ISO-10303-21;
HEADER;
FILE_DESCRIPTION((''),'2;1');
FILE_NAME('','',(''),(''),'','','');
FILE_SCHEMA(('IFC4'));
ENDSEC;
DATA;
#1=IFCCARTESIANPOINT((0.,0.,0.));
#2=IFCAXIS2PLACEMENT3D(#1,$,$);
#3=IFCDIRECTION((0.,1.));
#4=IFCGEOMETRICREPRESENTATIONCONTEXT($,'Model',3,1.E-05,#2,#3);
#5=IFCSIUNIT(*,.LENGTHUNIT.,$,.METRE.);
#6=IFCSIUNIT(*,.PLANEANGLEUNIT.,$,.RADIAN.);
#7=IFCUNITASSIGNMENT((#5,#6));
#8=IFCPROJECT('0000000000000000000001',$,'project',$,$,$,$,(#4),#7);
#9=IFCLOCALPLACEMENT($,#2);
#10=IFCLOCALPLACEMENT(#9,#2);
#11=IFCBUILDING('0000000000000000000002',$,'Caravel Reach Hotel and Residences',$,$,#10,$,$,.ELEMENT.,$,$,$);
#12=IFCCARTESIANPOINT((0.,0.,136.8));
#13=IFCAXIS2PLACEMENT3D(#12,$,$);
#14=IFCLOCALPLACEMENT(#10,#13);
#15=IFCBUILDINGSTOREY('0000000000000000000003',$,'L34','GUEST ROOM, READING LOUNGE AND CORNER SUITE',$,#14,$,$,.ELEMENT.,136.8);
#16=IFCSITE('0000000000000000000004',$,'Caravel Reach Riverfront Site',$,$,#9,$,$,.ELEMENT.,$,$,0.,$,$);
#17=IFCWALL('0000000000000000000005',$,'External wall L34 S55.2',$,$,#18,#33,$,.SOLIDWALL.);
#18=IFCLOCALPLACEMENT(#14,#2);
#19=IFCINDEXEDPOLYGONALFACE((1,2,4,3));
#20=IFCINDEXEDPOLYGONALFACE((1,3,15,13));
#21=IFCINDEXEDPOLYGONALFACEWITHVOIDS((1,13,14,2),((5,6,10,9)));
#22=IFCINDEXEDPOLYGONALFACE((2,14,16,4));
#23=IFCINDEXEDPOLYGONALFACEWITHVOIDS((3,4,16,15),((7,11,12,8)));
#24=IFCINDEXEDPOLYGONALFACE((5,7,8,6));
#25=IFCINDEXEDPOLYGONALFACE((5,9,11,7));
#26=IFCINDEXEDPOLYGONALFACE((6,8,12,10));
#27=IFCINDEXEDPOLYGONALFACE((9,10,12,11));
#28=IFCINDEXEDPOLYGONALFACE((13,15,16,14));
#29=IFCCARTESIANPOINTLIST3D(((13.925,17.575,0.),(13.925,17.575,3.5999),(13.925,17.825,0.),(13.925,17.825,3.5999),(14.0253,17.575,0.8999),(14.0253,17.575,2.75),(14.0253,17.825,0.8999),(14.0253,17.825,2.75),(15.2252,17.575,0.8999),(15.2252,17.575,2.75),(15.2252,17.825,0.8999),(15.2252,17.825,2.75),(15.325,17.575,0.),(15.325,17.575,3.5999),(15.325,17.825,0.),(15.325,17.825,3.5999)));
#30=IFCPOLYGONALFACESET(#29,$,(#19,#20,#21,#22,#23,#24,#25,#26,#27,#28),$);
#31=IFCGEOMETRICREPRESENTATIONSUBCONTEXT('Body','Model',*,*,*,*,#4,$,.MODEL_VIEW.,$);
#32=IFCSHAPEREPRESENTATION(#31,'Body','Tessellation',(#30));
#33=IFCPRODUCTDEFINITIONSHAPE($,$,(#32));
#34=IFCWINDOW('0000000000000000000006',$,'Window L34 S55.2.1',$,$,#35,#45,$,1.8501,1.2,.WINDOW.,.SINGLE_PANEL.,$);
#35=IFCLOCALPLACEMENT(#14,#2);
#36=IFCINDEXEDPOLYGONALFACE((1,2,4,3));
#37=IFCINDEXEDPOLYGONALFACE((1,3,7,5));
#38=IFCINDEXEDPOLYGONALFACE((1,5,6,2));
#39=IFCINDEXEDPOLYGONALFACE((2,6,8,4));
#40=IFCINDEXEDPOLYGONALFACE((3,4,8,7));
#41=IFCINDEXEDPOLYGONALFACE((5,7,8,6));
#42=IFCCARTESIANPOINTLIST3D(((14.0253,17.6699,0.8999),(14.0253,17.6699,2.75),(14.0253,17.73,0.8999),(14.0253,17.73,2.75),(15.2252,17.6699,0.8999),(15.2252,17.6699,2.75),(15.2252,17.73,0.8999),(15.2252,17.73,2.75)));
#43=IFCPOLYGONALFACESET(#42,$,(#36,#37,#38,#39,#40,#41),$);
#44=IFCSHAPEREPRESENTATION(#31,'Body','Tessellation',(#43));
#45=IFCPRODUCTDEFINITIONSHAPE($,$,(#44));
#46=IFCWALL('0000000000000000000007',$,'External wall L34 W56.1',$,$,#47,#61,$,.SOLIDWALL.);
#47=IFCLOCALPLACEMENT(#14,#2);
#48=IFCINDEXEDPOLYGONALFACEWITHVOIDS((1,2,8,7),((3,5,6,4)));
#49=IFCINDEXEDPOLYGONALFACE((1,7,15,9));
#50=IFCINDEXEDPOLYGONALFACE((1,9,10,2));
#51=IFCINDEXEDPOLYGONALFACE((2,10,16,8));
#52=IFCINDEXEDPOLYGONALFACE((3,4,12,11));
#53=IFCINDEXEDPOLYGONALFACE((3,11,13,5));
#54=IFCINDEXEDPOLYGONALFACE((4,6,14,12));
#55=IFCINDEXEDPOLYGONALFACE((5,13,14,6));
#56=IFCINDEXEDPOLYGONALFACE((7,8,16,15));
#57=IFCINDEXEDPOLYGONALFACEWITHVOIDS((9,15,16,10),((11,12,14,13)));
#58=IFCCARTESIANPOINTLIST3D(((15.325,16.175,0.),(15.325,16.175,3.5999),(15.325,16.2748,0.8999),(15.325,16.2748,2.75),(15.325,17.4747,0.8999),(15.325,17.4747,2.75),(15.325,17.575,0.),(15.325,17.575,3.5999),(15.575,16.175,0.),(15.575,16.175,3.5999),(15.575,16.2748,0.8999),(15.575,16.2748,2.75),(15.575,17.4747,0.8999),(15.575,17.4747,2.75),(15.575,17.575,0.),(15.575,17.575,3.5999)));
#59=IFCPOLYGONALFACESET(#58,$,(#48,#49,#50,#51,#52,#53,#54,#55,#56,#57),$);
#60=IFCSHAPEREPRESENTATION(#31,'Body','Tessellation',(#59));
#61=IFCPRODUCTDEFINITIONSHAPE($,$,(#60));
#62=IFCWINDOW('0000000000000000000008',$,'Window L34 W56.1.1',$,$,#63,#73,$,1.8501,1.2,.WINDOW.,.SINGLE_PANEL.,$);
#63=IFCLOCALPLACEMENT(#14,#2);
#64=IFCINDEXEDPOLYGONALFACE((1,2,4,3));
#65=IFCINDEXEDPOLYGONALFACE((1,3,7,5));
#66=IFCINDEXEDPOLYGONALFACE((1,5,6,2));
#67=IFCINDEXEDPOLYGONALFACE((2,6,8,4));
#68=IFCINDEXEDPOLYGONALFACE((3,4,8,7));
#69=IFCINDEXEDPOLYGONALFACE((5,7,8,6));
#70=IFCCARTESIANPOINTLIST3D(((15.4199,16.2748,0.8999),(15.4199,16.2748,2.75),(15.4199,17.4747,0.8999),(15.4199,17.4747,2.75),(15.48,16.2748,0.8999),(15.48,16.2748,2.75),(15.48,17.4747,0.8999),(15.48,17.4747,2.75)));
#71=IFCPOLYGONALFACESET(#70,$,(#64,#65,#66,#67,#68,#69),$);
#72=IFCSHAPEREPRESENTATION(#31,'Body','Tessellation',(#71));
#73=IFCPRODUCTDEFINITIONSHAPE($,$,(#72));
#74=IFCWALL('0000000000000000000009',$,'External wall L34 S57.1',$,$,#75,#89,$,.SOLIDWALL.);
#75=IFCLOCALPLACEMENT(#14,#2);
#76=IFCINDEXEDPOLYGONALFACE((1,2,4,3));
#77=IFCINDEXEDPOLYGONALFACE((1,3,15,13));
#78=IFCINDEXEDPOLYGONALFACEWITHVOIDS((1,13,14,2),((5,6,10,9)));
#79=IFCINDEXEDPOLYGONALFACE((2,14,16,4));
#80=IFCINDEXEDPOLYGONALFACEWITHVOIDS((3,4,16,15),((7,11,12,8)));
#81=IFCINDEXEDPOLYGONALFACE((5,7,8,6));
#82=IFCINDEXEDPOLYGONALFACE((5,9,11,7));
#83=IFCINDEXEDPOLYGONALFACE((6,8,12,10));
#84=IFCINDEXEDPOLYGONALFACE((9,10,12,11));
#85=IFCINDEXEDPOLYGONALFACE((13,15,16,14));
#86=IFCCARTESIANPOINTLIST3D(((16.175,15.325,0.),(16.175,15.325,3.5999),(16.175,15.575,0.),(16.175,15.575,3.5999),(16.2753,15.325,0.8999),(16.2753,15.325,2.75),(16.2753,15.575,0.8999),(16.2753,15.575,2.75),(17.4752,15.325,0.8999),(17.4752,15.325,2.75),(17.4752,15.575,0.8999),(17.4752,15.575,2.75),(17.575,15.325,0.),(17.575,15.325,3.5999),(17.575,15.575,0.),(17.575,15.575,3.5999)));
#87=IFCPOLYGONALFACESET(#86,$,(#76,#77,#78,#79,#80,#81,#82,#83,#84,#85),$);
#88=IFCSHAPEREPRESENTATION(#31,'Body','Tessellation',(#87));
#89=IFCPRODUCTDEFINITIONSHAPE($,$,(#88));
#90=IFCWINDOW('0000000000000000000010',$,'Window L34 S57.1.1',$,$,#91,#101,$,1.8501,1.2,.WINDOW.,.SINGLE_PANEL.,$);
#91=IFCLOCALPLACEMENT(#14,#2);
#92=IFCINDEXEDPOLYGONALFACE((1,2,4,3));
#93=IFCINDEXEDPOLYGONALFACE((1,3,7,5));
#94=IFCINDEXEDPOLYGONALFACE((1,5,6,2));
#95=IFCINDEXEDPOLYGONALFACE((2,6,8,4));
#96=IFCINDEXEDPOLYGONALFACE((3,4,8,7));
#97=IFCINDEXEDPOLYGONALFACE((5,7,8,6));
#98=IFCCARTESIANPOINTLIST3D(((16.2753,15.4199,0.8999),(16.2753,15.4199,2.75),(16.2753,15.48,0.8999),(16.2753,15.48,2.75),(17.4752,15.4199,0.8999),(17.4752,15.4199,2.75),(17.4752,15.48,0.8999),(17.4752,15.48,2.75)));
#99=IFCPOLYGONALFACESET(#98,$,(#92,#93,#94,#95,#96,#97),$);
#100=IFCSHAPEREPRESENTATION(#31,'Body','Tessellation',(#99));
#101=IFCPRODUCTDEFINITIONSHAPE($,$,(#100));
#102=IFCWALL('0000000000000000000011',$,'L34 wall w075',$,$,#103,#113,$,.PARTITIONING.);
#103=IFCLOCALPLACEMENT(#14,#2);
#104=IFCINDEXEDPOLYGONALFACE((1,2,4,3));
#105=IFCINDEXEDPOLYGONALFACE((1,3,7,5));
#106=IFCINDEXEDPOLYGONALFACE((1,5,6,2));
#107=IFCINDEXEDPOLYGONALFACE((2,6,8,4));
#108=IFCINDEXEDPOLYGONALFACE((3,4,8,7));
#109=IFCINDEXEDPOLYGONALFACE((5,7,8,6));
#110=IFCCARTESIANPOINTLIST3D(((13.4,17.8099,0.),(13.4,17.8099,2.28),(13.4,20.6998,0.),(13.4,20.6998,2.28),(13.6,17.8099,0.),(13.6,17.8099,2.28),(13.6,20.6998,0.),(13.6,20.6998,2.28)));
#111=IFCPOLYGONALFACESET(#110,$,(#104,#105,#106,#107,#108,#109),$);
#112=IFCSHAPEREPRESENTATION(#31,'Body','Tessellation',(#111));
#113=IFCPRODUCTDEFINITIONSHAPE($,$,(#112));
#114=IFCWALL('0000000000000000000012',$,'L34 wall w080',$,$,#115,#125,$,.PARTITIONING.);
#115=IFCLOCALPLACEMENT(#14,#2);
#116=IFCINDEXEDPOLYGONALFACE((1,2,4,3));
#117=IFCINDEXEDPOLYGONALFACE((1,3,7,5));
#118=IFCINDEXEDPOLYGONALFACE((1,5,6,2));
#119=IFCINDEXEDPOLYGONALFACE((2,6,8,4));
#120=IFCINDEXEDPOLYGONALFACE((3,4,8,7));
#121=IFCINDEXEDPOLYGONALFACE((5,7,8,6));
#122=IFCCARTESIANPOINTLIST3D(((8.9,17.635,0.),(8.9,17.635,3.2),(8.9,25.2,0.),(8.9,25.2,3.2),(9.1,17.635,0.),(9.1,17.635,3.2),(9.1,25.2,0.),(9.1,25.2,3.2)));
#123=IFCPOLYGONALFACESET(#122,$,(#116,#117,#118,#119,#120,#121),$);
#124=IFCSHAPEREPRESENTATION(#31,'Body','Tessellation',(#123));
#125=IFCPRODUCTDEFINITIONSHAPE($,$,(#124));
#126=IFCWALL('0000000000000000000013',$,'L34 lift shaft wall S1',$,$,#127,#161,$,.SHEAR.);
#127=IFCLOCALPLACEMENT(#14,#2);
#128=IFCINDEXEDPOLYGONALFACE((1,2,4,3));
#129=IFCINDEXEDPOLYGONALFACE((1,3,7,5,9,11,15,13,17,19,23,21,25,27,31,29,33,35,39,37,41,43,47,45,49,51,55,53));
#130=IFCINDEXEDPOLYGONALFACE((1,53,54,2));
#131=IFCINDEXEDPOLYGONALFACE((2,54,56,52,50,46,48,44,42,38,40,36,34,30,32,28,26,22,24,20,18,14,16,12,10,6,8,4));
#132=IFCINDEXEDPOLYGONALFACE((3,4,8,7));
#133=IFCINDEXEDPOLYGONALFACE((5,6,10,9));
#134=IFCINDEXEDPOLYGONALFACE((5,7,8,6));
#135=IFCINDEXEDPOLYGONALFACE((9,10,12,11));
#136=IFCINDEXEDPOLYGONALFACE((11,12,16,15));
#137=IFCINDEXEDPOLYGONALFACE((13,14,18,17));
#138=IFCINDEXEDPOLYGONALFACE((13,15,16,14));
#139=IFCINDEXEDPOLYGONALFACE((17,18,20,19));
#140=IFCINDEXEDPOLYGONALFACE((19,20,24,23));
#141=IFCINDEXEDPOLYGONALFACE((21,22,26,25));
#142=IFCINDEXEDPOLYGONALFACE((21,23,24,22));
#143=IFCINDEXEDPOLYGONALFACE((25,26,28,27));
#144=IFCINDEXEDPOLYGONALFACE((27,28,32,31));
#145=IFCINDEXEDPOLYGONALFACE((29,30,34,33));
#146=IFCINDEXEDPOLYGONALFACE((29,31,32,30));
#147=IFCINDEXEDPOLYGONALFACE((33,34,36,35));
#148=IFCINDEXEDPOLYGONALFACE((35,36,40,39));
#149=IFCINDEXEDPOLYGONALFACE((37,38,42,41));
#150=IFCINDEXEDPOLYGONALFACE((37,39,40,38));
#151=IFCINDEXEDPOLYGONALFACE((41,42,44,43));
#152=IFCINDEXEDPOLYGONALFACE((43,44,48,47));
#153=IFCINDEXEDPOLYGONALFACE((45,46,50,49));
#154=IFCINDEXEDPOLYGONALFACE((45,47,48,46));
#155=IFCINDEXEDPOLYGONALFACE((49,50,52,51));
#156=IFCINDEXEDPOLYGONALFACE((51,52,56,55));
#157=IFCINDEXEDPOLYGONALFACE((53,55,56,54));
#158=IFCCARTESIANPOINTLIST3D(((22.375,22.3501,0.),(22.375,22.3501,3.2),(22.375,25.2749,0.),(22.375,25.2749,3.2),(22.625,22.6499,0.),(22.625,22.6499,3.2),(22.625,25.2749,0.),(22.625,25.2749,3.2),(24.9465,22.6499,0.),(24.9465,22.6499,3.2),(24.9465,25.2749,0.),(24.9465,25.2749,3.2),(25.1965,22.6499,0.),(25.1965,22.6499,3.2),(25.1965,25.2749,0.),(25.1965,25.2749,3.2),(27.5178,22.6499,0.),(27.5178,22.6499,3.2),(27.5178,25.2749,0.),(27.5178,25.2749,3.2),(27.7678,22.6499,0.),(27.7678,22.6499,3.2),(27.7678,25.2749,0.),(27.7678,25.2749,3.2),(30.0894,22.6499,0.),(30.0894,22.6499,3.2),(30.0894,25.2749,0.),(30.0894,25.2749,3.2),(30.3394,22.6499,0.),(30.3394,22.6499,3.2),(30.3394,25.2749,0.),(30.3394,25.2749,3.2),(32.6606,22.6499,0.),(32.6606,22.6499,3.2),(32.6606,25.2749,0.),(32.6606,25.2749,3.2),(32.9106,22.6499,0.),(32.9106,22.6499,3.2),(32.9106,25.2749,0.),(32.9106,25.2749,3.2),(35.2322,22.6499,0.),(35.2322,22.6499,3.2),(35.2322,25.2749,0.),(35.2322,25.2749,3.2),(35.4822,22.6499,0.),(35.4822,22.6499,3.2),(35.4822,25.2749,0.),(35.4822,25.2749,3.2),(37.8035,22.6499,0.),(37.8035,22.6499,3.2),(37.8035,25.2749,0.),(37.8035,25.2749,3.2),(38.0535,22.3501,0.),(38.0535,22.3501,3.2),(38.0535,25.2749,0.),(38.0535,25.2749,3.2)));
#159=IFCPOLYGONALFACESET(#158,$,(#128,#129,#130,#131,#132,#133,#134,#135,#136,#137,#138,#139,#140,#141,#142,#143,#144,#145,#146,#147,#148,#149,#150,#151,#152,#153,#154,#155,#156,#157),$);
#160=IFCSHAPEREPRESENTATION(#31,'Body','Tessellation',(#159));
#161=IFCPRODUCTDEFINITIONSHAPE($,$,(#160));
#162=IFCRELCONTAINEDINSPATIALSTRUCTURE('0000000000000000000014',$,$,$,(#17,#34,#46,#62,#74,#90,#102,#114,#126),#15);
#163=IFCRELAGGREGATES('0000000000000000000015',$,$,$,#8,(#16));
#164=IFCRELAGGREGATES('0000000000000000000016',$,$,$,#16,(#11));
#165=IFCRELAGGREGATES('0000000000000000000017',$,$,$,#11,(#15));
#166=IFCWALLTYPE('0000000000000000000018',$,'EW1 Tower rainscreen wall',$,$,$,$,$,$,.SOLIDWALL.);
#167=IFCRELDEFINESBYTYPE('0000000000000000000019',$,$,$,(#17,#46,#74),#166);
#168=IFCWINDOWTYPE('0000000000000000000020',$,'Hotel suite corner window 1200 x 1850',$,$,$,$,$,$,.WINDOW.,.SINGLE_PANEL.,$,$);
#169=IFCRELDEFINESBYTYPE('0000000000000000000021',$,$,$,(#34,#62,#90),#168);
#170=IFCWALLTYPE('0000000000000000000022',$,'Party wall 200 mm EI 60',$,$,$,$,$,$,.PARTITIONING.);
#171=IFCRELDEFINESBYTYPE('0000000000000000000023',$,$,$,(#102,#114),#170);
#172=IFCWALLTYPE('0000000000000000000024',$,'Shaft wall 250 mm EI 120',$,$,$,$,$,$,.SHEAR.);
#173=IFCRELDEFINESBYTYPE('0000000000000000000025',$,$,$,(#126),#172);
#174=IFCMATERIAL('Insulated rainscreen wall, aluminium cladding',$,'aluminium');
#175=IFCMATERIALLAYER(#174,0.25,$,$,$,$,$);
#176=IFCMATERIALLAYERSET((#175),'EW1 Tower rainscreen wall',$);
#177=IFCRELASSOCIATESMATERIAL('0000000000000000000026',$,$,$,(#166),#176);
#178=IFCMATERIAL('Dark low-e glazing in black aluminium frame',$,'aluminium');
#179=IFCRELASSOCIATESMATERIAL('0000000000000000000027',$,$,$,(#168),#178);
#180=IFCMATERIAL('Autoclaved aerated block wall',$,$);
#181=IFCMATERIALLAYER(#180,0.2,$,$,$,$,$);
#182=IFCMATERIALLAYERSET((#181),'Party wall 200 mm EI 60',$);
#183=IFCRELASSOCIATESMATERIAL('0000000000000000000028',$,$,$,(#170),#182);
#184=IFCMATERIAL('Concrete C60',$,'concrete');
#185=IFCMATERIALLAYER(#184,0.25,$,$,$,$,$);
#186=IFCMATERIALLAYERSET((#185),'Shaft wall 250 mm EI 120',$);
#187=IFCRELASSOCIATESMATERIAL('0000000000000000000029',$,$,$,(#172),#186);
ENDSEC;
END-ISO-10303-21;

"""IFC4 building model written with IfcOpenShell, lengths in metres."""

from ifc_helpers import new_model, si_unit, direction, frame, frame_2d, origin, place, context, subcontext, project, spatial, polyline, rectangle, outline, extrude, material, layer, layer_set, type_object, element, fill, save


model = new_model("IFC4")

# Units and contexts
model_context = context("Model", 3, precision=1e-05, world=origin(), true_north=direction((0.0, 1.0)))
body_context = subcontext(model_context, "Body", "Model", "MODEL_VIEW")
ifc_project = project(units=[si_unit("LENGTHUNIT", "METRE"), si_unit("PLANEANGLEUNIT", "RADIAN")], contexts=[model_context])

# Site, building, storey
site_placement = place(None, origin())
site = spatial("IfcSite", under=ifc_project, at=site_placement, Name="Caravel Reach Riverfront Site", CompositionType="ELEMENT", RefElevation=0.0)
building_placement = place(site_placement, origin())
building = spatial("IfcBuilding", under=site, at=building_placement, Name="Caravel Reach Hotel and Residences", CompositionType="ELEMENT")
storey_placement = place(building_placement, frame((0.0, 0.0, 136.8)))
storey = spatial("IfcBuildingStorey", under=building, at=storey_placement, Name="L34", Description="GUEST ROOM, READING LOUNGE AND CORNER SUITE", CompositionType="ELEMENT", Elevation=136.8)

# Shared definitions
ifc_material_1 = material(Name="Insulated rainscreen wall, aluminium cladding", Category="aluminium")
ifc_layer_1 = layer(ifc_material_1, 0.25)
ifc_layer_set_1 = layer_set([ifc_layer_1], Name="EW1 Tower rainscreen wall")
wall_type_1 = type_object("IfcWallType", Name="EW1 Tower rainscreen wall", PredefinedType="SOLIDWALL", material=ifc_layer_set_1)

# Walls, openings, windows
wall_1_placement = place(storey_placement, frame((13.925, 17.7, 0.0), z_axis=(0.0, 0.0, 1.0), x_axis=(1.0, 0.0, 0.0)))
wall_1 = element("IfcWall", 1, at=wall_1_placement, inside=storey, type_object=wall_type_1, Name="External wall L34 S55.2", PredefinedType="SOLIDWALL", context=body_context, shape_type="SweptSolid", body=[
    extrude(rectangle(XDim=1.3999, YDim=0.25, at=frame_2d((0.7, 0.0))), origin(), (0.0, 0.0, 1.0), 3.5999),
])
opening_1_placement = place(wall_1_placement, frame((0.1001, 0.0, 0.8999)))
opening_1 = element("IfcOpeningElement", 2, at=opening_1_placement, cuts=wall_1, PredefinedType="OPENING", context=body_context, shape_type="SweptSolid", body=[
    extrude(rectangle(XDim=1.2, YDim=1.8501, at=frame_2d((0.6001, 0.925))), frame((0.0, 0.135, 0.0), z_axis=(0.0, -1.0, 0.0), x_axis=(1.0, 0.0, 0.0)), (0.0, 0.0, 1.0), 0.27),
])
ifc_material_2 = material(Name="Dark low-e glazing in black aluminium frame", Category="aluminium")
window_type_1 = type_object("IfcWindowType", Name="Hotel suite corner window 1200 x 1850", PartitioningType="SINGLE_PANEL", PredefinedType="WINDOW", material=ifc_material_2)
window_1_placement = place(opening_1_placement, origin())
window_1 = element("IfcWindow", 3, at=window_1_placement, inside=storey, type_object=window_type_1, Name="Window L34 S55.2.1", OverallHeight=1.8501, OverallWidth=1.2, PartitioningType="SINGLE_PANEL", PredefinedType="WINDOW", context=body_context, shape_type="SweptSolid", body=[
    extrude(rectangle(XDim=1.2, YDim=1.8501, at=frame_2d((0.6001, 0.925))), frame((0.0, 0.03, 0.0), z_axis=(0.0, -1.0, 0.0), x_axis=(1.0, 0.0, 0.0)), (0.0, 0.0, 1.0), 0.0601),
])
fill(opening_1, window_1)
wall_2_placement = place(storey_placement, frame((15.45, 17.575, 0.0), z_axis=(0.0, 0.0, 1.0), x_axis=(0.0, -1.0, 0.0)))
wall_2 = element("IfcWall", 4, at=wall_2_placement, inside=storey, type_object=wall_type_1, Name="External wall L34 W56.1", PredefinedType="SOLIDWALL", context=body_context, shape_type="SweptSolid", body=[
    extrude(rectangle(XDim=1.3999, YDim=0.25, at=frame_2d((0.7, 0.0))), origin(), (0.0, 0.0, 1.0), 3.5999),
])
opening_2_placement = place(wall_2_placement, frame((0.1001, 0.0, 0.8999)))
opening_2 = element("IfcOpeningElement", 5, at=opening_2_placement, cuts=wall_2, PredefinedType="OPENING", context=body_context, shape_type="SweptSolid", body=[
    extrude(rectangle(XDim=1.2, YDim=1.8501, at=frame_2d((0.6001, 0.925))), frame((0.0, 0.135, 0.0), z_axis=(0.0, -1.0, 0.0), x_axis=(1.0, 0.0, 0.0)), (0.0, 0.0, 1.0), 0.27),
])
window_2_placement = place(opening_2_placement, origin())
window_2 = element("IfcWindow", 6, at=window_2_placement, inside=storey, type_object=window_type_1, Name="Window L34 W56.1.1", OverallHeight=1.8501, OverallWidth=1.2, PartitioningType="SINGLE_PANEL", PredefinedType="WINDOW", context=body_context, shape_type="SweptSolid", body=[
    extrude(rectangle(XDim=1.2, YDim=1.8501, at=frame_2d((0.6001, 0.925))), frame((0.0, 0.03, 0.0), z_axis=(0.0, -1.0, 0.0), x_axis=(1.0, 0.0, 0.0)), (0.0, 0.0, 1.0), 0.0601),
])
fill(opening_2, window_2)
wall_3_placement = place(storey_placement, frame((16.175, 15.45, 0.0), z_axis=(0.0, 0.0, 1.0), x_axis=(1.0, 0.0, 0.0)))
wall_3 = element("IfcWall", 7, at=wall_3_placement, inside=storey, type_object=wall_type_1, Name="External wall L34 S57.1", PredefinedType="SOLIDWALL", context=body_context, shape_type="SweptSolid", body=[
    extrude(rectangle(XDim=1.3999, YDim=0.25, at=frame_2d((0.7, 0.0))), origin(), (0.0, 0.0, 1.0), 3.5999),
])
opening_3_placement = place(wall_3_placement, frame((0.1001, 0.0, 0.8999)))
opening_3 = element("IfcOpeningElement", 8, at=opening_3_placement, cuts=wall_3, PredefinedType="OPENING", context=body_context, shape_type="SweptSolid", body=[
    extrude(rectangle(XDim=1.2, YDim=1.8501, at=frame_2d((0.6001, 0.925))), frame((0.0, 0.135, 0.0), z_axis=(0.0, -1.0, 0.0), x_axis=(1.0, 0.0, 0.0)), (0.0, 0.0, 1.0), 0.27),
])
window_3_placement = place(opening_3_placement, origin())
window_3 = element("IfcWindow", 9, at=window_3_placement, inside=storey, type_object=window_type_1, Name="Window L34 S57.1.1", OverallHeight=1.8501, OverallWidth=1.2, PartitioningType="SINGLE_PANEL", PredefinedType="WINDOW", context=body_context, shape_type="SweptSolid", body=[
    extrude(rectangle(XDim=1.2, YDim=1.8501, at=frame_2d((0.6001, 0.925))), frame((0.0, 0.03, 0.0), z_axis=(0.0, -1.0, 0.0), x_axis=(1.0, 0.0, 0.0)), (0.0, 0.0, 1.0), 0.0601),
])
fill(opening_3, window_3)

# Walls
ifc_material_3 = material(Name="Autoclaved aerated block wall")
ifc_layer_2 = layer(ifc_material_3, 0.2)
ifc_layer_set_2 = layer_set([ifc_layer_2], Name="Party wall 200 mm EI 60")
wall_type_2 = type_object("IfcWallType", Name="Party wall 200 mm EI 60", PredefinedType="PARTITIONING", material=ifc_layer_set_2)
wall_4_placement = place(storey_placement, frame((13.5, 17.8101, 0.0), z_axis=(0.0, 0.0, 1.0), x_axis=(0.0, 1.0, 0.0)))
element("IfcWall", 10, at=wall_4_placement, inside=storey, type_object=wall_type_2, Name="L34 wall w075", PredefinedType="PARTITIONING", context=body_context, shape_type="SweptSolid", body=[
    extrude(rectangle(XDim=2.8899, YDim=0.2, at=frame_2d((1.4448, 0.0))), origin(), (0.0, 0.0, 1.0), 2.28),
])
wall_5_placement = place(storey_placement, frame((9.0, 17.635, 0.0), z_axis=(0.0, 0.0, 1.0), x_axis=(0.0, 1.0, 0.0)))
element("IfcWall", 11, at=wall_5_placement, inside=storey, type_object=wall_type_2, Name="L34 wall w080", PredefinedType="PARTITIONING", context=body_context, shape_type="SweptSolid", body=[
    extrude(rectangle(XDim=7.5649, YDim=0.2, at=frame_2d((3.7825, 0.0))), origin(), (0.0, 0.0, 1.0), 3.2),
])
ifc_material_4 = material(Name="Concrete C60", Category="concrete")
ifc_layer_3 = layer(ifc_material_4, 0.25)
ifc_layer_set_3 = layer_set([ifc_layer_3], Name="Shaft wall 250 mm EI 120")
wall_type_3 = type_object("IfcWallType", Name="Shaft wall 250 mm EI 120", PredefinedType="SHEAR", material=ifc_layer_set_3)
wall_6_placement = place(storey_placement, origin())
element("IfcWall", 12, at=wall_6_placement, inside=storey, type_object=wall_type_3, Name="L34 lift shaft wall S1", PredefinedType="SHEAR", context=body_context, shape_type="SweptSolid", body=[
    extrude(outline(polyline([(22.375, 22.3501), (38.0535, 22.3501), (38.0535, 25.2749), (37.8035, 25.2749), (37.8035, 22.6499), (35.4822, 22.6499), (35.4822, 25.2749), (35.2322, 25.2749), (35.2322, 22.6499), (32.9106, 22.6499), (32.9106, 25.2749), (32.6606, 25.2749), (32.6606, 22.6499), (30.3394, 22.6499), (30.3394, 25.2749), (30.0894, 25.2749), (30.0894, 22.6499), (27.7678, 22.6499), (27.7678, 25.2749), (27.5178, 25.2749), (27.5178, 22.6499), (25.1965, 22.6499), (25.1965, 25.2749), (24.9465, 25.2749), (24.9465, 22.6499), (22.625, 22.6499), (22.625, 25.2749), (22.375, 25.2749), (22.375, 22.3501)])), origin(), (0.0, 0.0, 1.0), 3.2),
])

save(model, "model.ifc")
